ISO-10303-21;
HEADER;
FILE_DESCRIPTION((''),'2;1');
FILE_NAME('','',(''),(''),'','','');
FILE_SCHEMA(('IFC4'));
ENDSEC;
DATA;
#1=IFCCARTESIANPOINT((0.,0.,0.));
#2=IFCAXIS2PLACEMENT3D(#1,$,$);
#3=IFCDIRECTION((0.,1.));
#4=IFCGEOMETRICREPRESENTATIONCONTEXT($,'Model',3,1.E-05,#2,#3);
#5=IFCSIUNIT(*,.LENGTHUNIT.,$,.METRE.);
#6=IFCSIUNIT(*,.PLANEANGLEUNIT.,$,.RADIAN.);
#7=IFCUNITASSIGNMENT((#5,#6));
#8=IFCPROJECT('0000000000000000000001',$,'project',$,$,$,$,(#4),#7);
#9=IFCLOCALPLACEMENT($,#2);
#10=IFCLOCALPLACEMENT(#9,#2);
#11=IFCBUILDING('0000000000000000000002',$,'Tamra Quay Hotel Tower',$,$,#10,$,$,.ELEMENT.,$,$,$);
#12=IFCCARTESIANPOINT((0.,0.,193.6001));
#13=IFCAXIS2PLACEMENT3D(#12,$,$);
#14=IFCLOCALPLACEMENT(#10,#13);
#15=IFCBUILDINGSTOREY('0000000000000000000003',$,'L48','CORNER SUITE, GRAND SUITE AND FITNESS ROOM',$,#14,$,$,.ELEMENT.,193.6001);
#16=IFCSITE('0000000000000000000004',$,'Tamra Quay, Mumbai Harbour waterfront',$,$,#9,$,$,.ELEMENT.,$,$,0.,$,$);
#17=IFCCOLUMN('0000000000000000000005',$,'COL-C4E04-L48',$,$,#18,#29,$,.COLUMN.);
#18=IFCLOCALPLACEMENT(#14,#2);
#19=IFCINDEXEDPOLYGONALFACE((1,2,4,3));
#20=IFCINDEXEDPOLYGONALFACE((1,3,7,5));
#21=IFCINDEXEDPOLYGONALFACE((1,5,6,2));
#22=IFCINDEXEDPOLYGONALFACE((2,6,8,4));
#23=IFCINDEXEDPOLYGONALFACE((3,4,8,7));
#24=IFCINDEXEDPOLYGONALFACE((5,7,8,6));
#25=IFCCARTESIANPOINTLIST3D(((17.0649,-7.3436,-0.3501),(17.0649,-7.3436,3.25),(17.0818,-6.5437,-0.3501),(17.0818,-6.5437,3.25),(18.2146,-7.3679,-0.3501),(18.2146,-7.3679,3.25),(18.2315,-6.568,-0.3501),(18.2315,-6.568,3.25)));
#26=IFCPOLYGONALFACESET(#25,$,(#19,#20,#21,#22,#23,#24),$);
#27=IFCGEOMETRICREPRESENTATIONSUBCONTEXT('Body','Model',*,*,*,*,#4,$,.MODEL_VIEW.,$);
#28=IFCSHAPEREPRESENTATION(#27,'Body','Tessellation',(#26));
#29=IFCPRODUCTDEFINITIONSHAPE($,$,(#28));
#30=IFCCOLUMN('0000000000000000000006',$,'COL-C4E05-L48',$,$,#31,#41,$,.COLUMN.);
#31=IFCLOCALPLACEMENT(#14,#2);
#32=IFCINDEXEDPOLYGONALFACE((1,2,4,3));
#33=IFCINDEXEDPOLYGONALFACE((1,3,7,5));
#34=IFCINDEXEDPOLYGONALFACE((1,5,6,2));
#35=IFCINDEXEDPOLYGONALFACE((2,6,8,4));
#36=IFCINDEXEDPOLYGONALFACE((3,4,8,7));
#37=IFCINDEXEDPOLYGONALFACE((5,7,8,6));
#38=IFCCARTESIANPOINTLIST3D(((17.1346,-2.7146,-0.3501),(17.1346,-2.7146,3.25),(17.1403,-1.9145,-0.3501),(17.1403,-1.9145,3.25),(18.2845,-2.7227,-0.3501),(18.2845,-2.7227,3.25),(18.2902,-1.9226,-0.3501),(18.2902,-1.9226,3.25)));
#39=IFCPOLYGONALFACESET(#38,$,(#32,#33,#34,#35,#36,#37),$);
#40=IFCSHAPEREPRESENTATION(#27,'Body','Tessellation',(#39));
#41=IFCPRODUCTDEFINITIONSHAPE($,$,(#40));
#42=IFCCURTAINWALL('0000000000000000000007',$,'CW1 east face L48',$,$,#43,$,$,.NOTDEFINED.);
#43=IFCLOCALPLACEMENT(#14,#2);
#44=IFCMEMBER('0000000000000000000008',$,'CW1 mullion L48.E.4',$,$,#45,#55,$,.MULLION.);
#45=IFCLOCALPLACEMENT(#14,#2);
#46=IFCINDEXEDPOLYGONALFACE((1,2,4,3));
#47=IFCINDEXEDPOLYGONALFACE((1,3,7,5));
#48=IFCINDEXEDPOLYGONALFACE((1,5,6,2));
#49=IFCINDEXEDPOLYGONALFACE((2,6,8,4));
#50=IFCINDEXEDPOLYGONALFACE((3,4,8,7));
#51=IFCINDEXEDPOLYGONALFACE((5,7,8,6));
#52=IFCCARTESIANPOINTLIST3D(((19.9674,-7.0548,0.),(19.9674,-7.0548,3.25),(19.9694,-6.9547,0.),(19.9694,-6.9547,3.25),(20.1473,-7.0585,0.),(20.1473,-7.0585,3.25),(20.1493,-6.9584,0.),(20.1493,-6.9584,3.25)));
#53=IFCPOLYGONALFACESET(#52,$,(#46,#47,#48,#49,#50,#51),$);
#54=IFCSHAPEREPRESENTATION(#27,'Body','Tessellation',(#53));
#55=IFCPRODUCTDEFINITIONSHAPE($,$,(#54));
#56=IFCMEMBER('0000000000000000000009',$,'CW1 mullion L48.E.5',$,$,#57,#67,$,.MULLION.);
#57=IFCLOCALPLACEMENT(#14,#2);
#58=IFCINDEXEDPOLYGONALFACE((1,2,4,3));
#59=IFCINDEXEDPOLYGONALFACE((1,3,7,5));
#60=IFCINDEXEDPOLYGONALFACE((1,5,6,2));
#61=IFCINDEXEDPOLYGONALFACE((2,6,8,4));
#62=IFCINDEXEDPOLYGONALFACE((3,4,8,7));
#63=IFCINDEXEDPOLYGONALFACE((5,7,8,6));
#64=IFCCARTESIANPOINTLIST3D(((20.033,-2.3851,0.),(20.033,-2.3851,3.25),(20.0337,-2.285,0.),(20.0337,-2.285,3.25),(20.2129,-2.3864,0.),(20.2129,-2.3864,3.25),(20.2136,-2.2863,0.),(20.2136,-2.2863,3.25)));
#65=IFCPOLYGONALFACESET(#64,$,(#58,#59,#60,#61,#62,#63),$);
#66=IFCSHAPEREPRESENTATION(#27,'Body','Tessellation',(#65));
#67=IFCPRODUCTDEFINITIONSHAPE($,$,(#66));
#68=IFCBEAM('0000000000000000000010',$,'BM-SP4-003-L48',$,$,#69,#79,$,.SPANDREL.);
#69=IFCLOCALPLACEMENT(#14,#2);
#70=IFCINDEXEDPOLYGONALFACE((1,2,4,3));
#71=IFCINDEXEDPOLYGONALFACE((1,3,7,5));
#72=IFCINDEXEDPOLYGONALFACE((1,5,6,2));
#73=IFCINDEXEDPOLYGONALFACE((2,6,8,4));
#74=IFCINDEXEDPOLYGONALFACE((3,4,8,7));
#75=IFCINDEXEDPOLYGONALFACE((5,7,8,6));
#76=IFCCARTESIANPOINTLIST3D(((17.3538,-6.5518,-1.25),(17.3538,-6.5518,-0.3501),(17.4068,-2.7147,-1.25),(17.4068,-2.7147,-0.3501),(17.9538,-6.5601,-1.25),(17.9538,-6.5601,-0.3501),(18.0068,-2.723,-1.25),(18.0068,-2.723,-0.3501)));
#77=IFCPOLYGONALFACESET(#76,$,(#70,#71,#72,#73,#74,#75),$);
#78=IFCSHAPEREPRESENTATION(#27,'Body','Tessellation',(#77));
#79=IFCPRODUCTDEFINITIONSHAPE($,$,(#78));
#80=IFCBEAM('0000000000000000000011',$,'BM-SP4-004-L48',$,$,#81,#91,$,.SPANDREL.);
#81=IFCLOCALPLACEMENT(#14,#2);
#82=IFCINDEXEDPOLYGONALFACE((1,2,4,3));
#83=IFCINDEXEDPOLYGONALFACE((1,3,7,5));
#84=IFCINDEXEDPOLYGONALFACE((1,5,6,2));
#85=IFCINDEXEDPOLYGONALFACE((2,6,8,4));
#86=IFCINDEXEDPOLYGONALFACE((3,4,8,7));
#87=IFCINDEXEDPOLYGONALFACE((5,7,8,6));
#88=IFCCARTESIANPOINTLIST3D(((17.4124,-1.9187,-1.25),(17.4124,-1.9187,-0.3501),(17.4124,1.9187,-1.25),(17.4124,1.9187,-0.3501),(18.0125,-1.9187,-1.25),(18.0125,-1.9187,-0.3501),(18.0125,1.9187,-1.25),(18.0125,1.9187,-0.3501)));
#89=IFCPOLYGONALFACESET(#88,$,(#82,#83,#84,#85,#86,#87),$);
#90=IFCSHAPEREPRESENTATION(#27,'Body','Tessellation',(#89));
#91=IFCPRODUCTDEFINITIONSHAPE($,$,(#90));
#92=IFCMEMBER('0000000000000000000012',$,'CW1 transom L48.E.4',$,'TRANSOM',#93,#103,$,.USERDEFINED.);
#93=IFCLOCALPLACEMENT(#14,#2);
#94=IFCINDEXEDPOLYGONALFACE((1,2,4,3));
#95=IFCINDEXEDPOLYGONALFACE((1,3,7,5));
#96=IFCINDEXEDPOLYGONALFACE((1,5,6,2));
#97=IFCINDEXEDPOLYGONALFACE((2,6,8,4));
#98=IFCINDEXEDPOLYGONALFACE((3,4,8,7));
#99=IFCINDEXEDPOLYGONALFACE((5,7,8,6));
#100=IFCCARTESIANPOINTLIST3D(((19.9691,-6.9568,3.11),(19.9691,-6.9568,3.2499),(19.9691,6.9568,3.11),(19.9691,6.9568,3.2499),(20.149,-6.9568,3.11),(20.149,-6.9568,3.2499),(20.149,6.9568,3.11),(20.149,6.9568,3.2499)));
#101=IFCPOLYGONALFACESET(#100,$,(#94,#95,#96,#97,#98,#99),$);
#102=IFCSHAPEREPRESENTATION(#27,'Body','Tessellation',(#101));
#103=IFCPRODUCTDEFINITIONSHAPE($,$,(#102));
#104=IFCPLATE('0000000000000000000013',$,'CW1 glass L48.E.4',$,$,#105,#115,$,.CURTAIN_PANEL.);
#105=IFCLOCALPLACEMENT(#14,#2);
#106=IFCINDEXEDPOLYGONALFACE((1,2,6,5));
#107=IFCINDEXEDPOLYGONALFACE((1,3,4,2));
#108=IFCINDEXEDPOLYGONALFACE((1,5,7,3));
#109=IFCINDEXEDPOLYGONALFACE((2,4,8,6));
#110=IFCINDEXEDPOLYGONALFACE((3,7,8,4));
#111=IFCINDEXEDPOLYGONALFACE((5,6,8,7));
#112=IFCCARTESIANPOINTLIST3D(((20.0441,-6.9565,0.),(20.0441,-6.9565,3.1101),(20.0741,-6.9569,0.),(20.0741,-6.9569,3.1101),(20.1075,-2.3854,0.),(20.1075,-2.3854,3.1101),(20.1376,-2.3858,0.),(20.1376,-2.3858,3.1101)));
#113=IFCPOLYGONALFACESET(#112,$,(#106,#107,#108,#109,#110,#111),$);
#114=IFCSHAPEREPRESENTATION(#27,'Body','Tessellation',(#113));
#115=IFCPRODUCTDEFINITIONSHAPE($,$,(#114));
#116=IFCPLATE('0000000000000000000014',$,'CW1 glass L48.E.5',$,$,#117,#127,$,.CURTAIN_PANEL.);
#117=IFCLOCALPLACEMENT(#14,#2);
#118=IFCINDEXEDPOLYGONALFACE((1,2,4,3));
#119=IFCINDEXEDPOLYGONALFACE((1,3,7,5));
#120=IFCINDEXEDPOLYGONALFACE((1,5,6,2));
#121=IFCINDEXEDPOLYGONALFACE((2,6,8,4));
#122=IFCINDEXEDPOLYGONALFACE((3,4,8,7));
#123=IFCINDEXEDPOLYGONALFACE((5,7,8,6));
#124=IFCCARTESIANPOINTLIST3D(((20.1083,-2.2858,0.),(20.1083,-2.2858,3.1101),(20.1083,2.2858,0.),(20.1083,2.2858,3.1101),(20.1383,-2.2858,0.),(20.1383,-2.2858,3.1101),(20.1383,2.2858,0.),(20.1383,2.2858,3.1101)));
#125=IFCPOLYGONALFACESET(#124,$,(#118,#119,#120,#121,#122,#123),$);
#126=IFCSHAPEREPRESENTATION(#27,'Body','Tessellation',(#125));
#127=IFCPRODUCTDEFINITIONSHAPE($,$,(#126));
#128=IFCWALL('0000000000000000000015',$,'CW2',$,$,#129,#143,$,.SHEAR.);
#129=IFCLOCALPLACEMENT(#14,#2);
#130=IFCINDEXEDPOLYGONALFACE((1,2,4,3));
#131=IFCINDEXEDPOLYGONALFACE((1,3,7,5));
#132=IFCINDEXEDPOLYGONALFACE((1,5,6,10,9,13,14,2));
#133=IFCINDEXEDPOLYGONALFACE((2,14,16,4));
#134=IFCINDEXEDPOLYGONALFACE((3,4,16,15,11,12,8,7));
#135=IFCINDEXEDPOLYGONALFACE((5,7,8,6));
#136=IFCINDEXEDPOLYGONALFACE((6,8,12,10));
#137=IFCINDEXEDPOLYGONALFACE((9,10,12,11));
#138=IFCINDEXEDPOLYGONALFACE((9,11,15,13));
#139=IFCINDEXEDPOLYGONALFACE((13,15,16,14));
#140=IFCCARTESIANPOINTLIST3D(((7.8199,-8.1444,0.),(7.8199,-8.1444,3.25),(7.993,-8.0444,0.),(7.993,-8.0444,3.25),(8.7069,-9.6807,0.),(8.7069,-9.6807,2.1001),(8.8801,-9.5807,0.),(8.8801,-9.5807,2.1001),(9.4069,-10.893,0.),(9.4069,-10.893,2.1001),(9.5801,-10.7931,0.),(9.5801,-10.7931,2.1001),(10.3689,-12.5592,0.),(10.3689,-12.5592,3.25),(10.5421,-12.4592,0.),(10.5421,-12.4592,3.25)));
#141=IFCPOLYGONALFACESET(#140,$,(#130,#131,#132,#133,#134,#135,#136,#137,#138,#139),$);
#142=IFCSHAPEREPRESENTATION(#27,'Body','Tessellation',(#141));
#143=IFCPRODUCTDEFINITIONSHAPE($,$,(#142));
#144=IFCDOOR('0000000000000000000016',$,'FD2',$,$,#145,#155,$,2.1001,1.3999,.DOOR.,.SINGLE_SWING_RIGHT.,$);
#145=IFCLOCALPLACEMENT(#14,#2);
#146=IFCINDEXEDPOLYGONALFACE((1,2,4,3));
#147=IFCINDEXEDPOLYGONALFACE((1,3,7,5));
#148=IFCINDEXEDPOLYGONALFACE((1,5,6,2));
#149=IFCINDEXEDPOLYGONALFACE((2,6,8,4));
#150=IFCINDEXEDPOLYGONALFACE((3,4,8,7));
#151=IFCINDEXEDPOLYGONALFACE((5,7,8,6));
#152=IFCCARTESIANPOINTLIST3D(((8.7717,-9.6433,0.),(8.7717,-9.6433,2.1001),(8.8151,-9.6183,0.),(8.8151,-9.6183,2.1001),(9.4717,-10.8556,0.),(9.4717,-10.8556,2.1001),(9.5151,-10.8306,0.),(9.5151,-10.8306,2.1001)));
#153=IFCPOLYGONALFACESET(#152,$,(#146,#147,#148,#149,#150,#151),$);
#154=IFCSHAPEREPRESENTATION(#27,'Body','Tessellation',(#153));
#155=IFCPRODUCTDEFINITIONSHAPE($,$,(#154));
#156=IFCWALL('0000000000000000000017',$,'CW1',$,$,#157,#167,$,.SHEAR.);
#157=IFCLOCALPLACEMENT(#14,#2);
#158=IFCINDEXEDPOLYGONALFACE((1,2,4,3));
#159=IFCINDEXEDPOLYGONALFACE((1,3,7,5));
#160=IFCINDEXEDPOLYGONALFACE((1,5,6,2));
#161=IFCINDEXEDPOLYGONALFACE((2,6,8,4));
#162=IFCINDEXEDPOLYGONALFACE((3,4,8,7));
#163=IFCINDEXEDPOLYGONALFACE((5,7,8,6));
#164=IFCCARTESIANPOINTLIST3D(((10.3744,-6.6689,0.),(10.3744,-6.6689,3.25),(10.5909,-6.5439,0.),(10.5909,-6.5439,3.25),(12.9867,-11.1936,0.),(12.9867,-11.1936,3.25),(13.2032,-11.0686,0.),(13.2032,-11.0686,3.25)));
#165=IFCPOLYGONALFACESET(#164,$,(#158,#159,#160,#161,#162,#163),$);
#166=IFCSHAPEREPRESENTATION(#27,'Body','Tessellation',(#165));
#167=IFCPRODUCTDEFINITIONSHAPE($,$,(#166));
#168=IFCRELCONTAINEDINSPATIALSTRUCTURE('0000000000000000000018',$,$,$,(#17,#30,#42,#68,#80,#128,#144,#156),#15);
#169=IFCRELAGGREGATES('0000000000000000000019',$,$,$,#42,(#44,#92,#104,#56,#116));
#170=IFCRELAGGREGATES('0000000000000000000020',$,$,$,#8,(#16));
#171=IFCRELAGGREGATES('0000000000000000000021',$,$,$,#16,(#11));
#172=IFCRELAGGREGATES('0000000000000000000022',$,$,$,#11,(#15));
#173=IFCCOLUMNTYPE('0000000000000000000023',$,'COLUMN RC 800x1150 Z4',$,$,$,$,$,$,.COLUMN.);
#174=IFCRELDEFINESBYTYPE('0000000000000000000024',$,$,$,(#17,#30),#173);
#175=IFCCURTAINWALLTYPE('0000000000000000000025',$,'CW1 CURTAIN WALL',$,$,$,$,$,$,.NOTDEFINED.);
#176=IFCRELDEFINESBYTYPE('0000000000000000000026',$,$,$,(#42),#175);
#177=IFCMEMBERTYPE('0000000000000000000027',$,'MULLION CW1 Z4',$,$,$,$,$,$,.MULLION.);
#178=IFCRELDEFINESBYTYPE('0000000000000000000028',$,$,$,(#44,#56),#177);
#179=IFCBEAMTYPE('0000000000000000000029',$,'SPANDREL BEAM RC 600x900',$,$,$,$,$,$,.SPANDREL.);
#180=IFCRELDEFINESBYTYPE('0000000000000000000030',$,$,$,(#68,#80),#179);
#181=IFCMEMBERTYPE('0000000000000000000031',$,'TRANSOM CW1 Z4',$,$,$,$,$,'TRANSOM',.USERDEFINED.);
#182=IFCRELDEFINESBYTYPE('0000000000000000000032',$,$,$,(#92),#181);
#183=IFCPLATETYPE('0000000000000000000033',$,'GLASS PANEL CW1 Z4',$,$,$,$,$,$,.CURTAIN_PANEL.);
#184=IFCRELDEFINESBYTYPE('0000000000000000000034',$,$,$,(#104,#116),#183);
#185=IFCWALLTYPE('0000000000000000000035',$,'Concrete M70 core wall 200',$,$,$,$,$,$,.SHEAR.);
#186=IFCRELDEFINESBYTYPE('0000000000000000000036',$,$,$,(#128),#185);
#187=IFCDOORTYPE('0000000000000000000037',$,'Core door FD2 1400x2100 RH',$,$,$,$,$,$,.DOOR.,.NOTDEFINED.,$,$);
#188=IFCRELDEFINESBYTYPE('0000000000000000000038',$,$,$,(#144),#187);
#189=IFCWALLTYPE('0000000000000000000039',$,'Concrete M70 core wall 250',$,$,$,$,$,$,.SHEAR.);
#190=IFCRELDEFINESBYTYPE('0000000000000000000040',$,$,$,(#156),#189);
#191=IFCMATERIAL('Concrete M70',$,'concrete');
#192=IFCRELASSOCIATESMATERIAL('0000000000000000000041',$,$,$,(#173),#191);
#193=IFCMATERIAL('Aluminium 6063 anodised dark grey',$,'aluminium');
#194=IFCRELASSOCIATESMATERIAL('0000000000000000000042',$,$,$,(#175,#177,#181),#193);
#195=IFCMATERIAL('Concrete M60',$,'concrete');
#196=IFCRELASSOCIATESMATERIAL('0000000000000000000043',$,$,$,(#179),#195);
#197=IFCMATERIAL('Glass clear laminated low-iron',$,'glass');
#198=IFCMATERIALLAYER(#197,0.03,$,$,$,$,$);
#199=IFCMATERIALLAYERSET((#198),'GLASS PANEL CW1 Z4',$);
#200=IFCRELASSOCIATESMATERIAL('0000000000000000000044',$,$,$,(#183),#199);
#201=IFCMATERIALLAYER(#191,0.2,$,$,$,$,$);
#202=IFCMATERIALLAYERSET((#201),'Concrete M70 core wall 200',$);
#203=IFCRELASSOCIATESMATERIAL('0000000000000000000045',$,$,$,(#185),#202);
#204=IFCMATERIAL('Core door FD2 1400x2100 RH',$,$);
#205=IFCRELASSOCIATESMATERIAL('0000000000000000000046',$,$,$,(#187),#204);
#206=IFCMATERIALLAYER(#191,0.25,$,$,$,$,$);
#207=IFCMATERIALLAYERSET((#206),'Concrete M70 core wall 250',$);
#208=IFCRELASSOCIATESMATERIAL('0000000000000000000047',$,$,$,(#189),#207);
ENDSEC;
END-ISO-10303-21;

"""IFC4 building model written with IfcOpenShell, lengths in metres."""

from ifc_helpers import new_model, si_unit, direction, frame, frame_2d, origin, origin_2d, place, context, subcontext, project, spatial, rectangle, extrude, material, layer, layer_set, material_profile, profile_set, type_object, element, fill, aggregate, save


model = new_model("IFC4")

# Units and contexts
model_context = context("Model", 3, precision=1e-05, world=origin(), true_north=direction((0.0, 1.0)))
body_context = subcontext(model_context, "Body", "Model", "MODEL_VIEW")
ifc_project = project(units=[si_unit("LENGTHUNIT", "METRE"), si_unit("PLANEANGLEUNIT", "RADIAN")], contexts=[model_context])

# Site, building, storey
site_placement = place(None, origin())
site = spatial("IfcSite", under=ifc_project, at=site_placement, Name="Tamra Quay, Mumbai Harbour waterfront", CompositionType="ELEMENT", RefElevation=0.0)
building_placement = place(site_placement, origin())
building = spatial("IfcBuilding", under=site, at=building_placement, Name="Tamra Quay Hotel Tower", CompositionType="ELEMENT")
storey_placement = place(building_placement, frame((0.0, 0.0, 193.6001)))
storey = spatial("IfcBuildingStorey", under=building, at=storey_placement, Name="L48", Description="CORNER SUITE, GRAND SUITE AND FITNESS ROOM", CompositionType="ELEMENT", Elevation=193.6001)

# Columns
ifc_material_1 = material(Name="Concrete M70", Category="concrete")
ifc_material_profile_1 = material_profile(ifc_material_1, rectangle(XDim=1.1499, YDim=0.8, at=origin_2d()), Name="COLUMN RC 800x1150 Z4")
ifc_profile_set_1 = profile_set([ifc_material_profile_1], Name="Concrete M70")
column_type = type_object("IfcColumnType", Name="COLUMN RC 800x1150 Z4", PredefinedType="COLUMN", material=ifc_profile_set_1)
for number, where, z_axis, x_axis, name in (
    (1, (17.6482, -6.9558, -0.3501), (0.0, 0.0, 1.0), (-0.999777, 0.021115, 0.0), "COL-C4E04-L48"),
    (2, (17.7124, -2.3186, -0.3501), (0.0, 0.0, 1.0), (-0.999975, 0.007041, 0.0), "COL-C4E05-L48"),
):
    element("IfcColumn", number, at=place(storey_placement, frame(where, z_axis=z_axis, x_axis=x_axis)), inside=storey, type_object=column_type, Name=name, PredefinedType="COLUMN", context=body_context, shape_type="SweptSolid", body=[
        extrude(rectangle(XDim=1.1499, YDim=0.8, at=origin_2d()), origin(), (0.0, 0.0, 1.0), 3.6001),
    ])

# Curtain wall, members
ifc_material_2 = material(Name="Aluminium 6063 anodised dark grey", Category="aluminium")
curtain_wall_type = type_object("IfcCurtainWallType", Name="CW1 CURTAIN WALL", PredefinedType="NOTDEFINED", material=ifc_material_2)
curtain_wall_placement = place(storey_placement, origin())
curtain_wall = element("IfcCurtainWall", 3, at=curtain_wall_placement, inside=storey, type_object=curtain_wall_type, Name="CW1 east face L48", PredefinedType="NOTDEFINED")
ifc_material_profile_2 = material_profile(ifc_material_2, rectangle(XDim=0.1799, YDim=0.1001, at=origin_2d()), Name="MULLION 100X180")
ifc_profile_set_2 = profile_set([ifc_material_profile_2], Name="Aluminium 6063 anodised dark grey")
member_type_1 = type_object("IfcMemberType", Name="MULLION CW1 Z4", PredefinedType="MULLION", material=ifc_profile_set_2)
member_1_placement = place(storey_placement, frame((20.0583, -7.0066, 0.0), z_axis=(0.0, 0.0, 1.0), x_axis=(0.999783, -0.020821, 0.0)))
member_1 = element("IfcMember", 4, at=member_1_placement, type_object=member_type_1, Name="CW1 mullion L48.E.4", PredefinedType="MULLION", context=body_context, shape_type="SweptSolid", body=[
    extrude(rectangle(XDim=0.1799, YDim=0.1001, at=origin_2d()), origin(), (0.0, 0.0, 1.0), 3.25),
])
member_2_placement = place(storey_placement, frame((20.1233, -2.3357, 0.0), z_axis=(0.0, 0.0, 1.0), x_axis=(0.999976, -0.006943, 0.0)))
member_2 = element("IfcMember", 5, at=member_2_placement, type_object=member_type_1, Name="CW1 mullion L48.E.5", PredefinedType="MULLION", context=body_context, shape_type="SweptSolid", body=[
    extrude(rectangle(XDim=0.1799, YDim=0.1001, at=origin_2d()), origin(), (0.0, 0.0, 1.0), 3.25),
])

# Beams
ifc_material_3 = material(Name="Concrete M60", Category="concrete")
ifc_material_profile_3 = material_profile(ifc_material_3, rectangle(XDim=0.6001, YDim=0.8999, at=origin_2d()), Name="SPANDREL BEAM RC 600x900")
ifc_profile_set_3 = profile_set([ifc_material_profile_3], Name="Concrete M60")
beam_type = type_object("IfcBeamType", Name="SPANDREL BEAM RC 600x900", PredefinedType="SPANDREL", material=ifc_profile_set_3)
for number, where, z_axis, x_axis, name in (
    (6, (17.6538, -6.5559, -0.8), (0.013805, 0.999905, 0.0), (-0.999905, 0.013805, 0.0), "BM-SP4-003-L48"),
    (7, (17.7124, -1.9187, -0.8), (0.0, 1.0, 0.0), (-1.0, 0.0, 0.0), "BM-SP4-004-L48"),
):
    element("IfcBeam", number, at=place(storey_placement, frame(where, z_axis=z_axis, x_axis=x_axis)), inside=storey, type_object=beam_type, Name=name, PredefinedType="SPANDREL", context=body_context, shape_type="SweptSolid", body=[
        extrude(rectangle(XDim=0.6001, YDim=0.8999, at=origin_2d()), origin(), (0.0, 0.0, 1.0), 3.8374),
    ])

# Member
ifc_material_profile_4 = material_profile(ifc_material_2, rectangle(XDim=0.1799, YDim=0.1399, at=origin_2d()), Name="TRANSOM 180X140")
ifc_profile_set_4 = profile_set([ifc_material_profile_4], Name="Aluminium 6063 anodised dark grey")
member_type_2 = type_object("IfcMemberType", Name="TRANSOM CW1 Z4", ElementType="TRANSOM", PredefinedType="USERDEFINED", material=ifc_profile_set_4)
member_3_placement = place(storey_placement, frame((20.0591, -6.9568, 3.1799), z_axis=(0.0, 1.0, 0.0), x_axis=(-1.0, 0.0, 0.0)))
member_3 = element("IfcMember", 8, at=member_3_placement, type_object=member_type_2, Name="CW1 transom L48.E.4", ObjectType="TRANSOM", PredefinedType="USERDEFINED", context=body_context, shape_type="SweptSolid", body=[
    extrude(rectangle(XDim=0.1799, YDim=0.1399, at=origin_2d()), origin(), (0.0, 0.0, 1.0), 13.9136),
])

# Plates
ifc_material_4 = material(Name="Glass clear laminated low-iron", Category="glass")
ifc_layer_1 = layer(ifc_material_4, 0.03)
ifc_layer_set_1 = layer_set([ifc_layer_1], Name="GLASS PANEL CW1 Z4")
plate_type = type_object("IfcPlateType", Name="GLASS PANEL CW1 Z4", PredefinedType="CURTAIN_PANEL", material=ifc_layer_set_1)
plate_1_placement = place(storey_placement, frame((20.0908, -4.6711, 0.0), z_axis=(0.0, 0.0, 1.0), x_axis=(0.013886, 0.999904, 0.0)))
plate_1 = element("IfcPlate", 9, at=plate_1_placement, type_object=plate_type, Name="CW1 glass L48.E.4", PredefinedType="CURTAIN_PANEL", context=body_context, shape_type="SweptSolid", body=[
    extrude(rectangle(XDim=4.5715, YDim=0.03, at=origin_2d()), origin(), (0.0, 0.0, 1.0), 3.1101),
])
plate_2_placement = place(storey_placement, frame((20.1233, 0.0, 0.0), z_axis=(0.0, 0.0, 1.0), x_axis=(0.0, 1.0, 0.0)))
plate_2 = element("IfcPlate", 10, at=plate_2_placement, type_object=plate_type, Name="CW1 glass L48.E.5", PredefinedType="CURTAIN_PANEL", context=body_context, shape_type="SweptSolid", body=[
    extrude(rectangle(XDim=4.5715, YDim=0.03, at=origin_2d()), origin(), (0.0, 0.0, 1.0), 3.1101),
])
aggregate(curtain_wall, [member_1, member_3, plate_1, member_2, plate_2])

# Wall, opening, door
ifc_layer_2 = layer(ifc_material_1, 0.2)
ifc_layer_set_2 = layer_set([ifc_layer_2], Name="Concrete M70 core wall 200")
wall_type_1 = type_object("IfcWallType", Name="Concrete M70 core wall 200", PredefinedType="SHEAR", material=ifc_layer_set_2)
wall_1_placement = place(storey_placement, frame((7.9065, -8.0945, 0.0), z_axis=(0.0, 0.0, 1.0), x_axis=(0.500028, -0.866009, 0.0)))
wall_1 = element("IfcWall", 11, at=wall_1_placement, inside=storey, type_object=wall_type_1, Name="CW2", PredefinedType="SHEAR", context=body_context, shape_type="SweptSolid", body=[
    extrude(rectangle(XDim=5.0979, YDim=0.2, at=frame_2d((2.5488, 0.0))), origin(), (0.0, 0.0, 1.0), 3.25),
])
opening_1_placement = place(wall_1_placement, frame((1.7739, 0.0, 0.0)))
opening_1 = element("IfcOpeningElement", 12, at=opening_1_placement, cuts=wall_1, PredefinedType="OPENING", context=body_context, shape_type="SweptSolid", body=[
    extrude(rectangle(XDim=1.3999, YDim=2.1001, at=frame_2d((0.7, 1.05))), frame((0.0, 0.1099, 0.0), z_axis=(0.0, -1.0, 0.0), x_axis=(1.0, 0.0, 0.0)), (0.0, 0.0, 1.0), 0.22),
])
ifc_material_5 = material(Name="Core door FD2 1400x2100 RH")
door_type_1 = type_object("IfcDoorType", Name="Core door FD2 1400x2100 RH", OperationType="NOTDEFINED", PredefinedType="DOOR", material=ifc_material_5)
door_1_placement = place(opening_1_placement, origin())
door_1 = element("IfcDoor", 13, at=door_1_placement, inside=storey, type_object=door_type_1, Name="FD2", OperationType="SINGLE_SWING_RIGHT", OverallHeight=2.1001, OverallWidth=1.3999, PredefinedType="DOOR", context=body_context, shape_type="SweptSolid", body=[
    extrude(rectangle(XDim=1.3999, YDim=2.1001, at=frame_2d((0.7, 1.05))), frame((0.0, 0.0249, 0.0), z_axis=(0.0, -1.0, 0.0), x_axis=(1.0, 0.0, 0.0)), (0.0, 0.0, 1.0), 0.05),
])
fill(opening_1, door_1)

# Wall
ifc_layer_3 = layer(ifc_material_1, 0.25)
ifc_layer_set_3 = layer_set([ifc_layer_3], Name="Concrete M70 core wall 250")
wall_type_2 = type_object("IfcWallType", Name="Concrete M70 core wall 250", PredefinedType="SHEAR", material=ifc_layer_set_3)
wall_2_placement = place(storey_placement, frame((10.4827, -6.6064, 0.0), z_axis=(0.0, 0.0, 1.0), x_axis=(0.499999, -0.866026, 0.0)))
element("IfcWall", 14, at=wall_2_placement, inside=storey, type_object=wall_type_2, Name="CW1", PredefinedType="SHEAR", context=body_context, shape_type="SweptSolid", body=[
    extrude(rectangle(XDim=5.2246, YDim=0.25, at=frame_2d((2.6123, 0.0))), origin(), (0.0, 0.0, 1.0), 3.25),
])

save(model, "model.ifc")
